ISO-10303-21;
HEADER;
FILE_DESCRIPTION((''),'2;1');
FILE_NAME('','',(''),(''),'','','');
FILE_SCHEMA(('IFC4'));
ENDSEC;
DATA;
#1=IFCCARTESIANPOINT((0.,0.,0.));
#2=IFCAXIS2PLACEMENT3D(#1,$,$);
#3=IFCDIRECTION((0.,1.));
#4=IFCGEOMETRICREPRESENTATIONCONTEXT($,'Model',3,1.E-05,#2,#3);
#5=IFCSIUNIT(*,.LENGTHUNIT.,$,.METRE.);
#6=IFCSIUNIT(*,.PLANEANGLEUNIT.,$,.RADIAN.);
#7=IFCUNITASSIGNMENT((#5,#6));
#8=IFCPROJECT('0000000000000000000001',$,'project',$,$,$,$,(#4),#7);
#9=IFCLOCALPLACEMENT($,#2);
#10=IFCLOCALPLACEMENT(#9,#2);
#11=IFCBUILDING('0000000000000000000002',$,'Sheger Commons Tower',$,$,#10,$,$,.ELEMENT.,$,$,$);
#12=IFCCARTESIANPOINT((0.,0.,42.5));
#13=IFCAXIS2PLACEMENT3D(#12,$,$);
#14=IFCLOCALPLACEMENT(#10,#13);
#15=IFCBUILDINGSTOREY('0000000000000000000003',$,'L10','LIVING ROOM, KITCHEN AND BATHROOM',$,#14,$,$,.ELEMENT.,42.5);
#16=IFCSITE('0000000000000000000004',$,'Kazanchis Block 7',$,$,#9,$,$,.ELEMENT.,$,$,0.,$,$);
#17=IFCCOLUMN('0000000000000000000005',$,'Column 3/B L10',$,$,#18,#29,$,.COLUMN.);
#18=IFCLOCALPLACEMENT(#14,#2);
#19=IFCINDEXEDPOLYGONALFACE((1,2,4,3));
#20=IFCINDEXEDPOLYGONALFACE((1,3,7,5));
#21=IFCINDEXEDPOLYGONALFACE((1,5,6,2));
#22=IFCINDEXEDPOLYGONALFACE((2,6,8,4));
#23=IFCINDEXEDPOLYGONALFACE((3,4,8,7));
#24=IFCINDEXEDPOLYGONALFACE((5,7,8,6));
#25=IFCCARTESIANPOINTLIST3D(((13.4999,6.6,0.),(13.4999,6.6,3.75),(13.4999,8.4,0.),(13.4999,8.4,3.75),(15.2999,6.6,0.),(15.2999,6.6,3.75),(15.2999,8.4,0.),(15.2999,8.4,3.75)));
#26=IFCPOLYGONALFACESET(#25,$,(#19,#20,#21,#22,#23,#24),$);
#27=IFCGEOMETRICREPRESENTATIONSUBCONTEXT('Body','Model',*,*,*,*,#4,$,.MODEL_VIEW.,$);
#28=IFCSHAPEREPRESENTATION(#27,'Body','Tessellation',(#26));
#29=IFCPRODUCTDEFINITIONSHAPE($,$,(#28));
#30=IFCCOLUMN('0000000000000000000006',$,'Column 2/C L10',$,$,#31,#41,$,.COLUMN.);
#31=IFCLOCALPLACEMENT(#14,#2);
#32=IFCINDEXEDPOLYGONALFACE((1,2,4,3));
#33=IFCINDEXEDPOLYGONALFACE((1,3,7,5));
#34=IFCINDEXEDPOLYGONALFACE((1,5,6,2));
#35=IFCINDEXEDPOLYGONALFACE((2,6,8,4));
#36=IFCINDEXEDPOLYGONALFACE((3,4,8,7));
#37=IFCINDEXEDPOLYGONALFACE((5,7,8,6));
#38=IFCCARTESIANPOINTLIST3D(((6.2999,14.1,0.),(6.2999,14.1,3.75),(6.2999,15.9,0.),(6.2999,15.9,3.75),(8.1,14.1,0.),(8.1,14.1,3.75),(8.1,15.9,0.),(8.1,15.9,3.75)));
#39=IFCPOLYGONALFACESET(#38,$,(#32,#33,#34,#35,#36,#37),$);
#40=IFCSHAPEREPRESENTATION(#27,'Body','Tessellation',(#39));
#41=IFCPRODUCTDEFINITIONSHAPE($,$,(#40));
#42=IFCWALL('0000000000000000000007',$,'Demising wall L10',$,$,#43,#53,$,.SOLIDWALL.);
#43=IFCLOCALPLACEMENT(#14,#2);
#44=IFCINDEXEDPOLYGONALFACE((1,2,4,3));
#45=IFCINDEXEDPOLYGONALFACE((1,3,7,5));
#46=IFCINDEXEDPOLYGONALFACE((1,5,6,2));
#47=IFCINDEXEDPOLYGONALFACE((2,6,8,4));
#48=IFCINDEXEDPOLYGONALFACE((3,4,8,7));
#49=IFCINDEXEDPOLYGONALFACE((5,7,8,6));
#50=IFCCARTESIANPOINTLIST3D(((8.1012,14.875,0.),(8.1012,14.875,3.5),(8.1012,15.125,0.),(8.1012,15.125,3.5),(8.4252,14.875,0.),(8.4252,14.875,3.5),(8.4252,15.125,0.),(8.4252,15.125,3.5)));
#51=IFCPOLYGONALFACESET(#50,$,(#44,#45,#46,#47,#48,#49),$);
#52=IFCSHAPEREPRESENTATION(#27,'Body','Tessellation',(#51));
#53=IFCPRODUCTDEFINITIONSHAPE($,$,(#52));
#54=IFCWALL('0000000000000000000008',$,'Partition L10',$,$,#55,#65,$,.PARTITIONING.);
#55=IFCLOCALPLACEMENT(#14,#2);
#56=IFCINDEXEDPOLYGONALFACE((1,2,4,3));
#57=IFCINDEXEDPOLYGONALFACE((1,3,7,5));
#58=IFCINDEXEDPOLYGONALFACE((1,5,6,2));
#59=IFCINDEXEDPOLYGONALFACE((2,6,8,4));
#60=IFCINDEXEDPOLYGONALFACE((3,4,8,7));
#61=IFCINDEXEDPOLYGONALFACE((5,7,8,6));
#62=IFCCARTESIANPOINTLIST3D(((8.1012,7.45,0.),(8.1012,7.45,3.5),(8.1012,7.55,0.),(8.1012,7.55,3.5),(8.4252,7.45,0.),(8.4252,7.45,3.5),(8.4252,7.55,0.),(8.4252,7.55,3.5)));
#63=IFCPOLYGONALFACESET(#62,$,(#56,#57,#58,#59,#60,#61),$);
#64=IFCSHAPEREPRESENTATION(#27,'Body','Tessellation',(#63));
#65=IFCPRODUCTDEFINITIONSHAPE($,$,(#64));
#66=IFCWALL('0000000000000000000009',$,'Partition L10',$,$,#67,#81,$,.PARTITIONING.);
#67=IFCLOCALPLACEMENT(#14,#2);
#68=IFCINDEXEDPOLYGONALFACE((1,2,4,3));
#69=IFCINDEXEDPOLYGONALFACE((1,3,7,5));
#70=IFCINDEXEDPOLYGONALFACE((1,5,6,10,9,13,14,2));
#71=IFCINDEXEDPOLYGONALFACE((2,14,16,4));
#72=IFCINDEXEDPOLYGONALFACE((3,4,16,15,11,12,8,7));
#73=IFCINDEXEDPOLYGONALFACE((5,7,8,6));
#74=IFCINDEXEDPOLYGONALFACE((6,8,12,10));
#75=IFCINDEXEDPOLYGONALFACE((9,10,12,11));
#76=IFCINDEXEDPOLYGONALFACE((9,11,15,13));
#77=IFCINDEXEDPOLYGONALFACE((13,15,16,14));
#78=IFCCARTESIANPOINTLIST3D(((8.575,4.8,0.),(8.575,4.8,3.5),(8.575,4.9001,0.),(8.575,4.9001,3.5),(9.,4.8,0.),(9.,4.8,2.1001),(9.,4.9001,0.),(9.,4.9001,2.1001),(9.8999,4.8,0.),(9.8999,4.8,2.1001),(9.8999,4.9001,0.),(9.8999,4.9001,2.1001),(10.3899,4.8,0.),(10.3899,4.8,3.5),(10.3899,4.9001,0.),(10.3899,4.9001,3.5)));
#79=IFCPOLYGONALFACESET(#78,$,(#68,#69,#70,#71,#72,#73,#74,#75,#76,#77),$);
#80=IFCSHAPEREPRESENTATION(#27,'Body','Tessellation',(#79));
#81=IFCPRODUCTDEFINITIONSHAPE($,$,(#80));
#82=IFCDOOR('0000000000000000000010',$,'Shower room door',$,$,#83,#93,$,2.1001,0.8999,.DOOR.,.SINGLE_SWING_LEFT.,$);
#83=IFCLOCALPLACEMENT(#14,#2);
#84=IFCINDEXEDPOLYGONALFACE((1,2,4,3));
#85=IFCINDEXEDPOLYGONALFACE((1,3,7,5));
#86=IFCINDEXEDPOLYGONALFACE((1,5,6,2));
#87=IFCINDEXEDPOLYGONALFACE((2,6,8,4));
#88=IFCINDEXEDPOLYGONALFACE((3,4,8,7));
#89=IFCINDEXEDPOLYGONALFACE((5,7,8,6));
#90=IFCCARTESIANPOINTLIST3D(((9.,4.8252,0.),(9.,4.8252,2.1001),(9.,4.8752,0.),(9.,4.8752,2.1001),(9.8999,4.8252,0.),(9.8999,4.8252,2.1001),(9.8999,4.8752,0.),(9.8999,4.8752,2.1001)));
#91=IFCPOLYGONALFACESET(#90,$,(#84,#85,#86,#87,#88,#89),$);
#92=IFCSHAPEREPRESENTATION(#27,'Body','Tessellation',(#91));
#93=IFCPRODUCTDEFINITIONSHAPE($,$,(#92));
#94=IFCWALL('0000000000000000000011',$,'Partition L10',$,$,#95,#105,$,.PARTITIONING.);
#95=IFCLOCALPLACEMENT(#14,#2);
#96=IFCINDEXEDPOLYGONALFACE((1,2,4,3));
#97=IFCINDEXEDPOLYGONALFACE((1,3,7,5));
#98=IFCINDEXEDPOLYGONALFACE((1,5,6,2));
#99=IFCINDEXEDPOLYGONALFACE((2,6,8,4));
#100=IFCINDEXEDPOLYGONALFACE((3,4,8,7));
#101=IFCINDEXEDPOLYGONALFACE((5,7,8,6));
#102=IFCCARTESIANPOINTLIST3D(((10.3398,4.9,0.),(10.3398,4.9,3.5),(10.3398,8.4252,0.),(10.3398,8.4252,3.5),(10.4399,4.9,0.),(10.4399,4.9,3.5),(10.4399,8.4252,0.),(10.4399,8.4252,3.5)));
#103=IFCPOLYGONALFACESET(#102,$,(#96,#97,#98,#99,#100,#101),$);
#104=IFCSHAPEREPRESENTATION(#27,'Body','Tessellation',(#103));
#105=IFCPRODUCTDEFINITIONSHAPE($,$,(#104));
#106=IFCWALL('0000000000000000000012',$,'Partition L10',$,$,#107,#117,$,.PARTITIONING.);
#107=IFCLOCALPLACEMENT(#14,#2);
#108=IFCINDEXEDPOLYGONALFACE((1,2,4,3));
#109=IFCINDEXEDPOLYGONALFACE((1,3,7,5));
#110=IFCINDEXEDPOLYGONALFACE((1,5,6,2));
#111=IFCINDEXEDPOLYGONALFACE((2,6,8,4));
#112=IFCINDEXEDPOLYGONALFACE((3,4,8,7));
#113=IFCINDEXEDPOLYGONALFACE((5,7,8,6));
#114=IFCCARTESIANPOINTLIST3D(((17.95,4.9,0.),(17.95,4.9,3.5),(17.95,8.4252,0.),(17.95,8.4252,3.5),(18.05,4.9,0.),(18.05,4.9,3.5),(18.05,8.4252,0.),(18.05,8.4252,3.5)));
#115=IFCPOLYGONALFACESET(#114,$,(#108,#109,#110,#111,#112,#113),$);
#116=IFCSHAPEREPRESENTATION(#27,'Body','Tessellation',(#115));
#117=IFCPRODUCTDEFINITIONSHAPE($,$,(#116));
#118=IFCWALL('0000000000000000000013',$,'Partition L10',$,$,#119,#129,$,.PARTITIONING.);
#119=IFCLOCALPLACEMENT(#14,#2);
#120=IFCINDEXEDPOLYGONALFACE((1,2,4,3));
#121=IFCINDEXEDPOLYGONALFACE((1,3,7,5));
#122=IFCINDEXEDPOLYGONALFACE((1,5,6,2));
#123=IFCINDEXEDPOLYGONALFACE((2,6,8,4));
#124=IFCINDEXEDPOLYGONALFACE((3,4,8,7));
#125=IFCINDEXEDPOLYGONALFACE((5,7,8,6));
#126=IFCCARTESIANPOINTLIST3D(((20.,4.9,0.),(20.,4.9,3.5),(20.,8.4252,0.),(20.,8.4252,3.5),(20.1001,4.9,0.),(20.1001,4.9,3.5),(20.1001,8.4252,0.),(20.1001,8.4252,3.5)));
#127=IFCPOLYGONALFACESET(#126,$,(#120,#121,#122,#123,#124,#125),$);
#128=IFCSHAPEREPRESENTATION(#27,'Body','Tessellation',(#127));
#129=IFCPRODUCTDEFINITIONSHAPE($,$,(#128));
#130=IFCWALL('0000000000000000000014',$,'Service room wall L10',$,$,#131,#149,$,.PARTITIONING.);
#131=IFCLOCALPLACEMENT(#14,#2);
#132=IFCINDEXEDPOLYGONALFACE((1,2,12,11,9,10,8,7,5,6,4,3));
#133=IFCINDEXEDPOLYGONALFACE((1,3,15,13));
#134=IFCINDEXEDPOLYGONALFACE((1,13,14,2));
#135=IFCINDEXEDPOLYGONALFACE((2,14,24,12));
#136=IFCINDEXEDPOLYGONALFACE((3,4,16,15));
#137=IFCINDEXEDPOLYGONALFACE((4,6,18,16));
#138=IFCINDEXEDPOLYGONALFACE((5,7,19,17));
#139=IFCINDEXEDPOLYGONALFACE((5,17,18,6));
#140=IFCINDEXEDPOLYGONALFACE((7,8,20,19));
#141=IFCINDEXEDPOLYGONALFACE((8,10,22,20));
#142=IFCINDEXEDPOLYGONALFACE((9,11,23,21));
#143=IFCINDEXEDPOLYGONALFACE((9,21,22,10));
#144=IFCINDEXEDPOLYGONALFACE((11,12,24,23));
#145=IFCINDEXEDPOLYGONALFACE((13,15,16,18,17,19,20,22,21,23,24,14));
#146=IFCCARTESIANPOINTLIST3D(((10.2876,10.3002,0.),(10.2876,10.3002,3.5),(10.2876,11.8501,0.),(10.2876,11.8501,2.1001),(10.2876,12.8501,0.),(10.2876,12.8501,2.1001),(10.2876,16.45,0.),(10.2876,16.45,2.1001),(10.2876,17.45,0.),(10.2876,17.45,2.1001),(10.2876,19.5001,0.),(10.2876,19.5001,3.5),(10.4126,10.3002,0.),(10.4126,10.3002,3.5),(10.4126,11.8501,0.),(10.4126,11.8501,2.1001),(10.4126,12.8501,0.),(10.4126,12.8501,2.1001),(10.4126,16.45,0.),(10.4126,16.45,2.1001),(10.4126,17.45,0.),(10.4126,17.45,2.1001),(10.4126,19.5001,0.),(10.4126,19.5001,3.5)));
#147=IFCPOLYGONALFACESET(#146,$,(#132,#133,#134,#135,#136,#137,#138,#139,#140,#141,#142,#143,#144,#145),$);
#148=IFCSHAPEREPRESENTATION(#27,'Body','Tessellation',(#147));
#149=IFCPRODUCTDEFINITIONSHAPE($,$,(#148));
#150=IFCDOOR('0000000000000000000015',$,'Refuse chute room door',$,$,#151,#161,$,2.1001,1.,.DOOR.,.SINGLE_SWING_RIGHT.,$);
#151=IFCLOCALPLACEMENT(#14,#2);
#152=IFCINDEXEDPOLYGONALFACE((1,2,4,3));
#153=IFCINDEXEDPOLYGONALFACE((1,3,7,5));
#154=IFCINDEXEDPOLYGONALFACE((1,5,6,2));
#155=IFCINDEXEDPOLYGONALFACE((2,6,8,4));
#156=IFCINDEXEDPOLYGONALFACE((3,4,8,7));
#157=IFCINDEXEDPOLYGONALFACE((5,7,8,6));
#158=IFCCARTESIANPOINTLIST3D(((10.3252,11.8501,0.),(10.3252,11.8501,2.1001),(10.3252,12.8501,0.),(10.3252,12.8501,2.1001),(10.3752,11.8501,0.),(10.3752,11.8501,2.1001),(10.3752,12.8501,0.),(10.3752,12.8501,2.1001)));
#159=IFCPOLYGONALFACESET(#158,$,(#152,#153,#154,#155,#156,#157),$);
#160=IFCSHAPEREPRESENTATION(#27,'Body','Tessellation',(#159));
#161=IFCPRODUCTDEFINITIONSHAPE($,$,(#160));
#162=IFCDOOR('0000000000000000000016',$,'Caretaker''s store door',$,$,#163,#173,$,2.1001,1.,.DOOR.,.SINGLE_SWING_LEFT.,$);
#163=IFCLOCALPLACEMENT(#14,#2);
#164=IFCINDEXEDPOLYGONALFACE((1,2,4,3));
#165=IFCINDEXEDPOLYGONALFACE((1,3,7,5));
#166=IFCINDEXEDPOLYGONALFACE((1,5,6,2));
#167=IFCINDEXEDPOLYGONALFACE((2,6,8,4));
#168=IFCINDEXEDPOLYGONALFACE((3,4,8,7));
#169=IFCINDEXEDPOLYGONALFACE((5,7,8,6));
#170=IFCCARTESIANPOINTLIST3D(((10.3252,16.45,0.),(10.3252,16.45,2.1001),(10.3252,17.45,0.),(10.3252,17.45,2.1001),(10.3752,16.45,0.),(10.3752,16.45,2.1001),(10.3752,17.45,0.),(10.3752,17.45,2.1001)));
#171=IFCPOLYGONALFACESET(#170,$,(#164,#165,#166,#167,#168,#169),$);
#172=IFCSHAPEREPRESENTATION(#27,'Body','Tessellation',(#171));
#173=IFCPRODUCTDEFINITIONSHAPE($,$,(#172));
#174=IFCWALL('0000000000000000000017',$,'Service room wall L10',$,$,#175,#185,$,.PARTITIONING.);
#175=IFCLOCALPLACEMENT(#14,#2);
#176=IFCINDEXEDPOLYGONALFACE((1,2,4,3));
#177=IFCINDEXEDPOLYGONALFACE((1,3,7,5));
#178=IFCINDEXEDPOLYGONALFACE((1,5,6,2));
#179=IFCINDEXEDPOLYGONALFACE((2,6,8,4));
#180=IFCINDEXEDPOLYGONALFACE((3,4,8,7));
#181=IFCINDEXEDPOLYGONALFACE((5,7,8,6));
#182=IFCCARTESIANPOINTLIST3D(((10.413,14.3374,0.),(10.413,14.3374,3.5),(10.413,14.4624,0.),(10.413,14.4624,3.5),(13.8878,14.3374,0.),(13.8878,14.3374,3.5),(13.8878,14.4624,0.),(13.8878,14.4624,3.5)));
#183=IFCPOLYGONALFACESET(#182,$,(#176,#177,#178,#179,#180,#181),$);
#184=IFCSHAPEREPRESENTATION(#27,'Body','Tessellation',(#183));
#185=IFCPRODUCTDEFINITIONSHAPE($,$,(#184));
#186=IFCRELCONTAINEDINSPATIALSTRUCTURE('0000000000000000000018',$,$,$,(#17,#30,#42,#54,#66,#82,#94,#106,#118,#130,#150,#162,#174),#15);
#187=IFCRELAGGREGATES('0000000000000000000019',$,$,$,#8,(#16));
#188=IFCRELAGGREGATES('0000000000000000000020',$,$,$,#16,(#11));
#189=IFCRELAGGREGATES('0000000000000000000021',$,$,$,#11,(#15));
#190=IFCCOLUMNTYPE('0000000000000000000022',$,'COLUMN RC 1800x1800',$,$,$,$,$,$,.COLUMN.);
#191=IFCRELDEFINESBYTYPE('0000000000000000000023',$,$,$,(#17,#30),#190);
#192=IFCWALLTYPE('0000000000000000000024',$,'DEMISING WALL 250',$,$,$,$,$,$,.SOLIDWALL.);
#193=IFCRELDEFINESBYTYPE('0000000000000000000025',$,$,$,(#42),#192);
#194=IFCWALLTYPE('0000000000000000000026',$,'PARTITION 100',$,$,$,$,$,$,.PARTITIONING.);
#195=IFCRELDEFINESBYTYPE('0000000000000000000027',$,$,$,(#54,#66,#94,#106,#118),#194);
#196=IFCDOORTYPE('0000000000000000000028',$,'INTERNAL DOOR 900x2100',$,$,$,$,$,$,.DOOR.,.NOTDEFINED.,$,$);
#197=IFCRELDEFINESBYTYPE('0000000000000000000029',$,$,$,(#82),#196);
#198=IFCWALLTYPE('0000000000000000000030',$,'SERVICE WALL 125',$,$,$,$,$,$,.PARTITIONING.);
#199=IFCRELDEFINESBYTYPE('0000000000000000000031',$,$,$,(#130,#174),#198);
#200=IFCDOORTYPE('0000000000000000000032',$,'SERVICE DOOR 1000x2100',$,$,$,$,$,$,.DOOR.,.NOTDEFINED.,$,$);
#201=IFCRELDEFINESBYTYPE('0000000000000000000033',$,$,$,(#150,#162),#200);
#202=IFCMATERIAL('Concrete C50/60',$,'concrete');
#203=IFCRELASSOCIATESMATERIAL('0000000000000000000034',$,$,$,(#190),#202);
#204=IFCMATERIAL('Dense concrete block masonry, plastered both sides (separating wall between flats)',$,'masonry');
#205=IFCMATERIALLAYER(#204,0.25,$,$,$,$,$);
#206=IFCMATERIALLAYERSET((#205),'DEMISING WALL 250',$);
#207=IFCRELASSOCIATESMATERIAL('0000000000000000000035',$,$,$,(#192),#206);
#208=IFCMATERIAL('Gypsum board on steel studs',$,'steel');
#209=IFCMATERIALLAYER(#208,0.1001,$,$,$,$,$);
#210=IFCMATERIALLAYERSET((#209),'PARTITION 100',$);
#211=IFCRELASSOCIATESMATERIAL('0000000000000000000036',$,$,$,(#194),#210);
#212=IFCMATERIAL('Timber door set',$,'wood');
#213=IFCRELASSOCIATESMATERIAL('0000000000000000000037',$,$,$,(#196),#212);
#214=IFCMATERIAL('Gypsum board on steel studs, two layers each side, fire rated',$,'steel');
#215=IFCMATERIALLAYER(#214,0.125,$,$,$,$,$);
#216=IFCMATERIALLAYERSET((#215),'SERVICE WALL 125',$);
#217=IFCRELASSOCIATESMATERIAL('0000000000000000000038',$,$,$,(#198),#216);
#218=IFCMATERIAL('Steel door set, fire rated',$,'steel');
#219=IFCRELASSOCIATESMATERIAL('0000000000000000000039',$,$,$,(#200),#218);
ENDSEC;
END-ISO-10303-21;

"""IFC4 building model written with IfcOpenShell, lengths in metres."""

from ifc_helpers import new_model, si_unit, direction, frame, frame_2d, origin, origin_2d, place, context, subcontext, project, spatial, rectangle, extrude, material, layer, layer_set, material_profile, profile_set, type_object, element, fill, save


model = new_model("IFC4")

# Units and contexts
model_context = context("Model", 3, precision=1e-05, world=origin(), true_north=direction((0.0, 1.0)))
body_context = subcontext(model_context, "Body", "Model", "MODEL_VIEW")
ifc_project = project(units=[si_unit("LENGTHUNIT", "METRE"), si_unit("PLANEANGLEUNIT", "RADIAN")], contexts=[model_context])

# Site, building, storey
site_placement = place(None, origin())
site = spatial("IfcSite", under=ifc_project, at=site_placement, Name="Kazanchis Block 7", CompositionType="ELEMENT", RefElevation=0.0)
building_placement = place(site_placement, origin())
building = spatial("IfcBuilding", under=site, at=building_placement, Name="Sheger Commons Tower", CompositionType="ELEMENT")
storey_placement = place(building_placement, frame((0.0, 0.0, 42.5)))
storey = spatial("IfcBuildingStorey", under=building, at=storey_placement, Name="L10", Description="LIVING ROOM, KITCHEN AND BATHROOM", CompositionType="ELEMENT", Elevation=42.5)

# Columns
ifc_material_1 = material(Name="Concrete C50/60", Category="concrete")
ifc_material_profile = material_profile(ifc_material_1, rectangle(XDim=1.8, YDim=1.8, at=origin_2d()), Name="RC 1800x1800")
ifc_profile_set = profile_set([ifc_material_profile], Name="Concrete C50/60")
column_type = type_object("IfcColumnType", Name="COLUMN RC 1800x1800", PredefinedType="COLUMN", material=ifc_profile_set)
for number, where, z_axis, x_axis, name in (
    (1, (14.3999, 7.5, 0.0), (0.0, 0.0, 1.0), (1.0, 0.0, 0.0), "Column 3/B L10"),
    (2, (7.2, 15.0, 0.0), (0.0, 0.0, 1.0), (1.0, 0.0, 0.0), "Column 2/C L10"),
):
    element("IfcColumn", number, at=place(storey_placement, frame(where, z_axis=z_axis, x_axis=x_axis)), inside=storey, type_object=column_type, Name=name, PredefinedType="COLUMN", context=body_context, shape_type="SweptSolid", body=[
        extrude(rectangle(XDim=1.8, YDim=1.8, at=origin_2d()), origin(), (0.0, 0.0, 1.0), 3.75),
    ])

# Walls
ifc_material_2 = material(Name="Dense concrete block masonry, plastered both sides (separating wall between flats)", Category="masonry")
ifc_layer_1 = layer(ifc_material_2, 0.25)
ifc_layer_set_1 = layer_set([ifc_layer_1], Name="DEMISING WALL 250")
wall_type_1 = type_object("IfcWallType", Name="DEMISING WALL 250", PredefinedType="SOLIDWALL", material=ifc_layer_set_1)
wall_1_placement = place(storey_placement, frame((8.1011, 15.0, 0.0), z_axis=(0.0, 0.0, 1.0), x_axis=(1.0, 0.0, 0.0)))
element("IfcWall", 3, at=wall_1_placement, inside=storey, type_object=wall_type_1, Name="Demising wall L10", PredefinedType="SOLIDWALL", context=body_context, shape_type="SweptSolid", body=[
    extrude(rectangle(XDim=0.324, YDim=0.25, at=frame_2d((0.1621, 0.0))), origin(), (0.0, 0.0, 1.0), 3.5),
])
ifc_material_3 = material(Name="Gypsum board on steel studs", Category="steel")
ifc_layer_2 = layer(ifc_material_3, 0.1001)
ifc_layer_set_2 = layer_set([ifc_layer_2], Name="PARTITION 100")
wall_type_2 = type_object("IfcWallType", Name="PARTITION 100", PredefinedType="PARTITIONING", material=ifc_layer_set_2)
wall_2_placement = place(storey_placement, frame((8.1011, 7.5, 0.0), z_axis=(0.0, 0.0, 1.0), x_axis=(1.0, 0.0, 0.0)))
element("IfcWall", 4, at=wall_2_placement, inside=storey, type_object=wall_type_2, Name="Partition L10", PredefinedType="PARTITIONING", context=body_context, shape_type="SweptSolid", body=[
    extrude(rectangle(XDim=0.324, YDim=0.1001, at=frame_2d((0.1621, 0.0))), origin(), (0.0, 0.0, 1.0), 3.5),
])

# Wall, opening, door
wall_3_placement = place(storey_placement, frame((10.3899, 4.8501, 0.0), z_axis=(0.0, 0.0, 1.0), x_axis=(-1.0, 0.0, 0.0)))
wall_3 = element("IfcWall", 5, at=wall_3_placement, inside=storey, type_object=wall_type_2, Name="Partition L10", PredefinedType="PARTITIONING", context=body_context, shape_type="SweptSolid", body=[
    extrude(rectangle(XDim=1.8149, YDim=0.1001, at=frame_2d((0.9075, 0.0))), origin(), (0.0, 0.0, 1.0), 3.5),
])
opening_1_placement = place(wall_3_placement, frame((0.49, 0.0, 0.0)))
opening_1 = element("IfcOpeningElement", 6, at=opening_1_placement, cuts=wall_3, PredefinedType="OPENING", context=body_context, shape_type="SweptSolid", body=[
    extrude(rectangle(XDim=0.8999, YDim=2.1001, at=frame_2d((0.45, 1.05))), frame((0.0, 0.0601, 0.0), z_axis=(0.0, -1.0, 0.0), x_axis=(1.0, 0.0, 0.0)), (0.0, 0.0, 1.0), 0.1201),
])
ifc_material_4 = material(Name="Timber door set", Category="wood")
door_type_1 = type_object("IfcDoorType", Name="INTERNAL DOOR 900x2100", OperationType="NOTDEFINED", PredefinedType="DOOR", material=ifc_material_4)
door_1_placement = place(opening_1_placement, origin())
door_1 = element("IfcDoor", 7, at=door_1_placement, inside=storey, type_object=door_type_1, Name="Shower room door", OperationType="SINGLE_SWING_LEFT", OverallHeight=2.1001, OverallWidth=0.8999, PredefinedType="DOOR", context=body_context, shape_type="SweptSolid", body=[
    extrude(rectangle(XDim=0.8999, YDim=2.1001, at=frame_2d((0.45, 1.05))), frame((0.0, 0.0249, 0.0), z_axis=(0.0, -1.0, 0.0), x_axis=(1.0, 0.0, 0.0)), (0.0, 0.0, 1.0), 0.05),
])
fill(opening_1, door_1)

# Walls
for number, where, z_axis, x_axis, name in (
    (8, (10.3899, 4.8999, 0.0), (0.0, 0.0, 1.0), (0.0, 1.0, 0.0), "Partition L10"),
    (9, (18.0, 4.8999, 0.0), (0.0, 0.0, 1.0), (0.0, 1.0, 0.0), "Partition L10"),
    (10, (20.05, 4.8999, 0.0), (0.0, 0.0, 1.0), (0.0, 1.0, 0.0), "Partition L10"),
):
    element("IfcWall", number, at=place(storey_placement, frame(where, z_axis=z_axis, x_axis=x_axis)), inside=storey, type_object=wall_type_2, Name=name, PredefinedType="PARTITIONING", context=body_context, shape_type="SweptSolid", body=[
        extrude(rectangle(XDim=3.5251, YDim=0.1001, at=frame_2d((1.7627, 0.0))), origin(), (0.0, 0.0, 1.0), 3.5),
    ])

# Wall, openings, doors
ifc_material_5 = material(Name="Gypsum board on steel studs, two layers each side, fire rated", Category="steel")
ifc_layer_3 = layer(ifc_material_5, 0.125)
ifc_layer_set_3 = layer_set([ifc_layer_3], Name="SERVICE WALL 125")
wall_type_3 = type_object("IfcWallType", Name="SERVICE WALL 125", PredefinedType="PARTITIONING", material=ifc_layer_set_3)
wall_4_placement = place(storey_placement, frame((10.3501, 10.3, 0.0), z_axis=(0.0, 0.0, 1.0), x_axis=(0.0, 1.0, 0.0)))
wall_4 = element("IfcWall", 11, at=wall_4_placement, inside=storey, type_object=wall_type_3, Name="Service room wall L10", PredefinedType="PARTITIONING", context=body_context, shape_type="SweptSolid", body=[
    extrude(rectangle(XDim=9.2, YDim=0.125, at=frame_2d((4.6001, 0.0))), origin(), (0.0, 0.0, 1.0), 3.5),
])
opening_2_placement = place(wall_4_placement, frame((1.55, 0.0, 0.0)))
opening_2 = element("IfcOpeningElement", 12, at=opening_2_placement, cuts=wall_4, PredefinedType="OPENING", context=body_context, shape_type="SweptSolid", body=[
    extrude(rectangle(XDim=1.0, YDim=2.1001, at=frame_2d((0.5, 1.05))), frame((0.0, 0.0725, 0.0), z_axis=(0.0, -1.0, 0.0), x_axis=(1.0, 0.0, 0.0)), (0.0, 0.0, 1.0), 0.145),
])
opening_3_placement = place(wall_4_placement, frame((6.1499, 0.0, 0.0)))
opening_3 = element("IfcOpeningElement", 13, at=opening_3_placement, cuts=wall_4, PredefinedType="OPENING", context=body_context, shape_type="SweptSolid", body=[
    extrude(rectangle(XDim=1.0, YDim=2.1001, at=frame_2d((0.5, 1.05))), frame((0.0, 0.0725, 0.0), z_axis=(0.0, -1.0, 0.0), x_axis=(1.0, 0.0, 0.0)), (0.0, 0.0, 1.0), 0.145),
])
ifc_material_6 = material(Name="Steel door set, fire rated", Category="steel")
door_type_2 = type_object("IfcDoorType", Name="SERVICE DOOR 1000x2100", OperationType="NOTDEFINED", PredefinedType="DOOR", material=ifc_material_6)
door_2_placement = place(opening_2_placement, origin())
door_2 = element("IfcDoor", 14, at=door_2_placement, inside=storey, type_object=door_type_2, Name="Refuse chute room door", OperationType="SINGLE_SWING_RIGHT", OverallHeight=2.1001, OverallWidth=1.0, PredefinedType="DOOR", context=body_context, shape_type="SweptSolid", body=[
    extrude(rectangle(XDim=1.0, YDim=2.1001, at=frame_2d((0.5, 1.05))), frame((0.0, 0.0249, 0.0), z_axis=(0.0, -1.0, 0.0), x_axis=(1.0, 0.0, 0.0)), (0.0, 0.0, 1.0), 0.05),
])
fill(opening_2, door_2)
door_3_placement = place(opening_3_placement, origin())
door_3 = element("IfcDoor", 15, at=door_3_placement, inside=storey, type_object=door_type_2, Name="Caretaker's store door", OperationType="SINGLE_SWING_LEFT", OverallHeight=2.1001, OverallWidth=1.0, PredefinedType="DOOR", context=body_context, shape_type="SweptSolid", body=[
    extrude(rectangle(XDim=1.0, YDim=2.1001, at=frame_2d((0.5, 1.05))), frame((0.0, 0.0249, 0.0), z_axis=(0.0, -1.0, 0.0), x_axis=(1.0, 0.0, 0.0)), (0.0, 0.0, 1.0), 0.05),
])
fill(opening_3, door_3)

# Wall
wall_5_placement = place(storey_placement, frame((10.4131, 14.3999, 0.0), z_axis=(0.0, 0.0, 1.0), x_axis=(1.0, 0.0, 0.0)))
element("IfcWall", 16, at=wall_5_placement, inside=storey, type_object=wall_type_3, Name="Service room wall L10", PredefinedType="PARTITIONING", context=body_context, shape_type="SweptSolid", body=[
    extrude(rectangle(XDim=3.4749, YDim=0.125, at=frame_2d((1.7373, 0.0))), origin(), (0.0, 0.0, 1.0), 3.5),
])

save(model, "model.ifc")
